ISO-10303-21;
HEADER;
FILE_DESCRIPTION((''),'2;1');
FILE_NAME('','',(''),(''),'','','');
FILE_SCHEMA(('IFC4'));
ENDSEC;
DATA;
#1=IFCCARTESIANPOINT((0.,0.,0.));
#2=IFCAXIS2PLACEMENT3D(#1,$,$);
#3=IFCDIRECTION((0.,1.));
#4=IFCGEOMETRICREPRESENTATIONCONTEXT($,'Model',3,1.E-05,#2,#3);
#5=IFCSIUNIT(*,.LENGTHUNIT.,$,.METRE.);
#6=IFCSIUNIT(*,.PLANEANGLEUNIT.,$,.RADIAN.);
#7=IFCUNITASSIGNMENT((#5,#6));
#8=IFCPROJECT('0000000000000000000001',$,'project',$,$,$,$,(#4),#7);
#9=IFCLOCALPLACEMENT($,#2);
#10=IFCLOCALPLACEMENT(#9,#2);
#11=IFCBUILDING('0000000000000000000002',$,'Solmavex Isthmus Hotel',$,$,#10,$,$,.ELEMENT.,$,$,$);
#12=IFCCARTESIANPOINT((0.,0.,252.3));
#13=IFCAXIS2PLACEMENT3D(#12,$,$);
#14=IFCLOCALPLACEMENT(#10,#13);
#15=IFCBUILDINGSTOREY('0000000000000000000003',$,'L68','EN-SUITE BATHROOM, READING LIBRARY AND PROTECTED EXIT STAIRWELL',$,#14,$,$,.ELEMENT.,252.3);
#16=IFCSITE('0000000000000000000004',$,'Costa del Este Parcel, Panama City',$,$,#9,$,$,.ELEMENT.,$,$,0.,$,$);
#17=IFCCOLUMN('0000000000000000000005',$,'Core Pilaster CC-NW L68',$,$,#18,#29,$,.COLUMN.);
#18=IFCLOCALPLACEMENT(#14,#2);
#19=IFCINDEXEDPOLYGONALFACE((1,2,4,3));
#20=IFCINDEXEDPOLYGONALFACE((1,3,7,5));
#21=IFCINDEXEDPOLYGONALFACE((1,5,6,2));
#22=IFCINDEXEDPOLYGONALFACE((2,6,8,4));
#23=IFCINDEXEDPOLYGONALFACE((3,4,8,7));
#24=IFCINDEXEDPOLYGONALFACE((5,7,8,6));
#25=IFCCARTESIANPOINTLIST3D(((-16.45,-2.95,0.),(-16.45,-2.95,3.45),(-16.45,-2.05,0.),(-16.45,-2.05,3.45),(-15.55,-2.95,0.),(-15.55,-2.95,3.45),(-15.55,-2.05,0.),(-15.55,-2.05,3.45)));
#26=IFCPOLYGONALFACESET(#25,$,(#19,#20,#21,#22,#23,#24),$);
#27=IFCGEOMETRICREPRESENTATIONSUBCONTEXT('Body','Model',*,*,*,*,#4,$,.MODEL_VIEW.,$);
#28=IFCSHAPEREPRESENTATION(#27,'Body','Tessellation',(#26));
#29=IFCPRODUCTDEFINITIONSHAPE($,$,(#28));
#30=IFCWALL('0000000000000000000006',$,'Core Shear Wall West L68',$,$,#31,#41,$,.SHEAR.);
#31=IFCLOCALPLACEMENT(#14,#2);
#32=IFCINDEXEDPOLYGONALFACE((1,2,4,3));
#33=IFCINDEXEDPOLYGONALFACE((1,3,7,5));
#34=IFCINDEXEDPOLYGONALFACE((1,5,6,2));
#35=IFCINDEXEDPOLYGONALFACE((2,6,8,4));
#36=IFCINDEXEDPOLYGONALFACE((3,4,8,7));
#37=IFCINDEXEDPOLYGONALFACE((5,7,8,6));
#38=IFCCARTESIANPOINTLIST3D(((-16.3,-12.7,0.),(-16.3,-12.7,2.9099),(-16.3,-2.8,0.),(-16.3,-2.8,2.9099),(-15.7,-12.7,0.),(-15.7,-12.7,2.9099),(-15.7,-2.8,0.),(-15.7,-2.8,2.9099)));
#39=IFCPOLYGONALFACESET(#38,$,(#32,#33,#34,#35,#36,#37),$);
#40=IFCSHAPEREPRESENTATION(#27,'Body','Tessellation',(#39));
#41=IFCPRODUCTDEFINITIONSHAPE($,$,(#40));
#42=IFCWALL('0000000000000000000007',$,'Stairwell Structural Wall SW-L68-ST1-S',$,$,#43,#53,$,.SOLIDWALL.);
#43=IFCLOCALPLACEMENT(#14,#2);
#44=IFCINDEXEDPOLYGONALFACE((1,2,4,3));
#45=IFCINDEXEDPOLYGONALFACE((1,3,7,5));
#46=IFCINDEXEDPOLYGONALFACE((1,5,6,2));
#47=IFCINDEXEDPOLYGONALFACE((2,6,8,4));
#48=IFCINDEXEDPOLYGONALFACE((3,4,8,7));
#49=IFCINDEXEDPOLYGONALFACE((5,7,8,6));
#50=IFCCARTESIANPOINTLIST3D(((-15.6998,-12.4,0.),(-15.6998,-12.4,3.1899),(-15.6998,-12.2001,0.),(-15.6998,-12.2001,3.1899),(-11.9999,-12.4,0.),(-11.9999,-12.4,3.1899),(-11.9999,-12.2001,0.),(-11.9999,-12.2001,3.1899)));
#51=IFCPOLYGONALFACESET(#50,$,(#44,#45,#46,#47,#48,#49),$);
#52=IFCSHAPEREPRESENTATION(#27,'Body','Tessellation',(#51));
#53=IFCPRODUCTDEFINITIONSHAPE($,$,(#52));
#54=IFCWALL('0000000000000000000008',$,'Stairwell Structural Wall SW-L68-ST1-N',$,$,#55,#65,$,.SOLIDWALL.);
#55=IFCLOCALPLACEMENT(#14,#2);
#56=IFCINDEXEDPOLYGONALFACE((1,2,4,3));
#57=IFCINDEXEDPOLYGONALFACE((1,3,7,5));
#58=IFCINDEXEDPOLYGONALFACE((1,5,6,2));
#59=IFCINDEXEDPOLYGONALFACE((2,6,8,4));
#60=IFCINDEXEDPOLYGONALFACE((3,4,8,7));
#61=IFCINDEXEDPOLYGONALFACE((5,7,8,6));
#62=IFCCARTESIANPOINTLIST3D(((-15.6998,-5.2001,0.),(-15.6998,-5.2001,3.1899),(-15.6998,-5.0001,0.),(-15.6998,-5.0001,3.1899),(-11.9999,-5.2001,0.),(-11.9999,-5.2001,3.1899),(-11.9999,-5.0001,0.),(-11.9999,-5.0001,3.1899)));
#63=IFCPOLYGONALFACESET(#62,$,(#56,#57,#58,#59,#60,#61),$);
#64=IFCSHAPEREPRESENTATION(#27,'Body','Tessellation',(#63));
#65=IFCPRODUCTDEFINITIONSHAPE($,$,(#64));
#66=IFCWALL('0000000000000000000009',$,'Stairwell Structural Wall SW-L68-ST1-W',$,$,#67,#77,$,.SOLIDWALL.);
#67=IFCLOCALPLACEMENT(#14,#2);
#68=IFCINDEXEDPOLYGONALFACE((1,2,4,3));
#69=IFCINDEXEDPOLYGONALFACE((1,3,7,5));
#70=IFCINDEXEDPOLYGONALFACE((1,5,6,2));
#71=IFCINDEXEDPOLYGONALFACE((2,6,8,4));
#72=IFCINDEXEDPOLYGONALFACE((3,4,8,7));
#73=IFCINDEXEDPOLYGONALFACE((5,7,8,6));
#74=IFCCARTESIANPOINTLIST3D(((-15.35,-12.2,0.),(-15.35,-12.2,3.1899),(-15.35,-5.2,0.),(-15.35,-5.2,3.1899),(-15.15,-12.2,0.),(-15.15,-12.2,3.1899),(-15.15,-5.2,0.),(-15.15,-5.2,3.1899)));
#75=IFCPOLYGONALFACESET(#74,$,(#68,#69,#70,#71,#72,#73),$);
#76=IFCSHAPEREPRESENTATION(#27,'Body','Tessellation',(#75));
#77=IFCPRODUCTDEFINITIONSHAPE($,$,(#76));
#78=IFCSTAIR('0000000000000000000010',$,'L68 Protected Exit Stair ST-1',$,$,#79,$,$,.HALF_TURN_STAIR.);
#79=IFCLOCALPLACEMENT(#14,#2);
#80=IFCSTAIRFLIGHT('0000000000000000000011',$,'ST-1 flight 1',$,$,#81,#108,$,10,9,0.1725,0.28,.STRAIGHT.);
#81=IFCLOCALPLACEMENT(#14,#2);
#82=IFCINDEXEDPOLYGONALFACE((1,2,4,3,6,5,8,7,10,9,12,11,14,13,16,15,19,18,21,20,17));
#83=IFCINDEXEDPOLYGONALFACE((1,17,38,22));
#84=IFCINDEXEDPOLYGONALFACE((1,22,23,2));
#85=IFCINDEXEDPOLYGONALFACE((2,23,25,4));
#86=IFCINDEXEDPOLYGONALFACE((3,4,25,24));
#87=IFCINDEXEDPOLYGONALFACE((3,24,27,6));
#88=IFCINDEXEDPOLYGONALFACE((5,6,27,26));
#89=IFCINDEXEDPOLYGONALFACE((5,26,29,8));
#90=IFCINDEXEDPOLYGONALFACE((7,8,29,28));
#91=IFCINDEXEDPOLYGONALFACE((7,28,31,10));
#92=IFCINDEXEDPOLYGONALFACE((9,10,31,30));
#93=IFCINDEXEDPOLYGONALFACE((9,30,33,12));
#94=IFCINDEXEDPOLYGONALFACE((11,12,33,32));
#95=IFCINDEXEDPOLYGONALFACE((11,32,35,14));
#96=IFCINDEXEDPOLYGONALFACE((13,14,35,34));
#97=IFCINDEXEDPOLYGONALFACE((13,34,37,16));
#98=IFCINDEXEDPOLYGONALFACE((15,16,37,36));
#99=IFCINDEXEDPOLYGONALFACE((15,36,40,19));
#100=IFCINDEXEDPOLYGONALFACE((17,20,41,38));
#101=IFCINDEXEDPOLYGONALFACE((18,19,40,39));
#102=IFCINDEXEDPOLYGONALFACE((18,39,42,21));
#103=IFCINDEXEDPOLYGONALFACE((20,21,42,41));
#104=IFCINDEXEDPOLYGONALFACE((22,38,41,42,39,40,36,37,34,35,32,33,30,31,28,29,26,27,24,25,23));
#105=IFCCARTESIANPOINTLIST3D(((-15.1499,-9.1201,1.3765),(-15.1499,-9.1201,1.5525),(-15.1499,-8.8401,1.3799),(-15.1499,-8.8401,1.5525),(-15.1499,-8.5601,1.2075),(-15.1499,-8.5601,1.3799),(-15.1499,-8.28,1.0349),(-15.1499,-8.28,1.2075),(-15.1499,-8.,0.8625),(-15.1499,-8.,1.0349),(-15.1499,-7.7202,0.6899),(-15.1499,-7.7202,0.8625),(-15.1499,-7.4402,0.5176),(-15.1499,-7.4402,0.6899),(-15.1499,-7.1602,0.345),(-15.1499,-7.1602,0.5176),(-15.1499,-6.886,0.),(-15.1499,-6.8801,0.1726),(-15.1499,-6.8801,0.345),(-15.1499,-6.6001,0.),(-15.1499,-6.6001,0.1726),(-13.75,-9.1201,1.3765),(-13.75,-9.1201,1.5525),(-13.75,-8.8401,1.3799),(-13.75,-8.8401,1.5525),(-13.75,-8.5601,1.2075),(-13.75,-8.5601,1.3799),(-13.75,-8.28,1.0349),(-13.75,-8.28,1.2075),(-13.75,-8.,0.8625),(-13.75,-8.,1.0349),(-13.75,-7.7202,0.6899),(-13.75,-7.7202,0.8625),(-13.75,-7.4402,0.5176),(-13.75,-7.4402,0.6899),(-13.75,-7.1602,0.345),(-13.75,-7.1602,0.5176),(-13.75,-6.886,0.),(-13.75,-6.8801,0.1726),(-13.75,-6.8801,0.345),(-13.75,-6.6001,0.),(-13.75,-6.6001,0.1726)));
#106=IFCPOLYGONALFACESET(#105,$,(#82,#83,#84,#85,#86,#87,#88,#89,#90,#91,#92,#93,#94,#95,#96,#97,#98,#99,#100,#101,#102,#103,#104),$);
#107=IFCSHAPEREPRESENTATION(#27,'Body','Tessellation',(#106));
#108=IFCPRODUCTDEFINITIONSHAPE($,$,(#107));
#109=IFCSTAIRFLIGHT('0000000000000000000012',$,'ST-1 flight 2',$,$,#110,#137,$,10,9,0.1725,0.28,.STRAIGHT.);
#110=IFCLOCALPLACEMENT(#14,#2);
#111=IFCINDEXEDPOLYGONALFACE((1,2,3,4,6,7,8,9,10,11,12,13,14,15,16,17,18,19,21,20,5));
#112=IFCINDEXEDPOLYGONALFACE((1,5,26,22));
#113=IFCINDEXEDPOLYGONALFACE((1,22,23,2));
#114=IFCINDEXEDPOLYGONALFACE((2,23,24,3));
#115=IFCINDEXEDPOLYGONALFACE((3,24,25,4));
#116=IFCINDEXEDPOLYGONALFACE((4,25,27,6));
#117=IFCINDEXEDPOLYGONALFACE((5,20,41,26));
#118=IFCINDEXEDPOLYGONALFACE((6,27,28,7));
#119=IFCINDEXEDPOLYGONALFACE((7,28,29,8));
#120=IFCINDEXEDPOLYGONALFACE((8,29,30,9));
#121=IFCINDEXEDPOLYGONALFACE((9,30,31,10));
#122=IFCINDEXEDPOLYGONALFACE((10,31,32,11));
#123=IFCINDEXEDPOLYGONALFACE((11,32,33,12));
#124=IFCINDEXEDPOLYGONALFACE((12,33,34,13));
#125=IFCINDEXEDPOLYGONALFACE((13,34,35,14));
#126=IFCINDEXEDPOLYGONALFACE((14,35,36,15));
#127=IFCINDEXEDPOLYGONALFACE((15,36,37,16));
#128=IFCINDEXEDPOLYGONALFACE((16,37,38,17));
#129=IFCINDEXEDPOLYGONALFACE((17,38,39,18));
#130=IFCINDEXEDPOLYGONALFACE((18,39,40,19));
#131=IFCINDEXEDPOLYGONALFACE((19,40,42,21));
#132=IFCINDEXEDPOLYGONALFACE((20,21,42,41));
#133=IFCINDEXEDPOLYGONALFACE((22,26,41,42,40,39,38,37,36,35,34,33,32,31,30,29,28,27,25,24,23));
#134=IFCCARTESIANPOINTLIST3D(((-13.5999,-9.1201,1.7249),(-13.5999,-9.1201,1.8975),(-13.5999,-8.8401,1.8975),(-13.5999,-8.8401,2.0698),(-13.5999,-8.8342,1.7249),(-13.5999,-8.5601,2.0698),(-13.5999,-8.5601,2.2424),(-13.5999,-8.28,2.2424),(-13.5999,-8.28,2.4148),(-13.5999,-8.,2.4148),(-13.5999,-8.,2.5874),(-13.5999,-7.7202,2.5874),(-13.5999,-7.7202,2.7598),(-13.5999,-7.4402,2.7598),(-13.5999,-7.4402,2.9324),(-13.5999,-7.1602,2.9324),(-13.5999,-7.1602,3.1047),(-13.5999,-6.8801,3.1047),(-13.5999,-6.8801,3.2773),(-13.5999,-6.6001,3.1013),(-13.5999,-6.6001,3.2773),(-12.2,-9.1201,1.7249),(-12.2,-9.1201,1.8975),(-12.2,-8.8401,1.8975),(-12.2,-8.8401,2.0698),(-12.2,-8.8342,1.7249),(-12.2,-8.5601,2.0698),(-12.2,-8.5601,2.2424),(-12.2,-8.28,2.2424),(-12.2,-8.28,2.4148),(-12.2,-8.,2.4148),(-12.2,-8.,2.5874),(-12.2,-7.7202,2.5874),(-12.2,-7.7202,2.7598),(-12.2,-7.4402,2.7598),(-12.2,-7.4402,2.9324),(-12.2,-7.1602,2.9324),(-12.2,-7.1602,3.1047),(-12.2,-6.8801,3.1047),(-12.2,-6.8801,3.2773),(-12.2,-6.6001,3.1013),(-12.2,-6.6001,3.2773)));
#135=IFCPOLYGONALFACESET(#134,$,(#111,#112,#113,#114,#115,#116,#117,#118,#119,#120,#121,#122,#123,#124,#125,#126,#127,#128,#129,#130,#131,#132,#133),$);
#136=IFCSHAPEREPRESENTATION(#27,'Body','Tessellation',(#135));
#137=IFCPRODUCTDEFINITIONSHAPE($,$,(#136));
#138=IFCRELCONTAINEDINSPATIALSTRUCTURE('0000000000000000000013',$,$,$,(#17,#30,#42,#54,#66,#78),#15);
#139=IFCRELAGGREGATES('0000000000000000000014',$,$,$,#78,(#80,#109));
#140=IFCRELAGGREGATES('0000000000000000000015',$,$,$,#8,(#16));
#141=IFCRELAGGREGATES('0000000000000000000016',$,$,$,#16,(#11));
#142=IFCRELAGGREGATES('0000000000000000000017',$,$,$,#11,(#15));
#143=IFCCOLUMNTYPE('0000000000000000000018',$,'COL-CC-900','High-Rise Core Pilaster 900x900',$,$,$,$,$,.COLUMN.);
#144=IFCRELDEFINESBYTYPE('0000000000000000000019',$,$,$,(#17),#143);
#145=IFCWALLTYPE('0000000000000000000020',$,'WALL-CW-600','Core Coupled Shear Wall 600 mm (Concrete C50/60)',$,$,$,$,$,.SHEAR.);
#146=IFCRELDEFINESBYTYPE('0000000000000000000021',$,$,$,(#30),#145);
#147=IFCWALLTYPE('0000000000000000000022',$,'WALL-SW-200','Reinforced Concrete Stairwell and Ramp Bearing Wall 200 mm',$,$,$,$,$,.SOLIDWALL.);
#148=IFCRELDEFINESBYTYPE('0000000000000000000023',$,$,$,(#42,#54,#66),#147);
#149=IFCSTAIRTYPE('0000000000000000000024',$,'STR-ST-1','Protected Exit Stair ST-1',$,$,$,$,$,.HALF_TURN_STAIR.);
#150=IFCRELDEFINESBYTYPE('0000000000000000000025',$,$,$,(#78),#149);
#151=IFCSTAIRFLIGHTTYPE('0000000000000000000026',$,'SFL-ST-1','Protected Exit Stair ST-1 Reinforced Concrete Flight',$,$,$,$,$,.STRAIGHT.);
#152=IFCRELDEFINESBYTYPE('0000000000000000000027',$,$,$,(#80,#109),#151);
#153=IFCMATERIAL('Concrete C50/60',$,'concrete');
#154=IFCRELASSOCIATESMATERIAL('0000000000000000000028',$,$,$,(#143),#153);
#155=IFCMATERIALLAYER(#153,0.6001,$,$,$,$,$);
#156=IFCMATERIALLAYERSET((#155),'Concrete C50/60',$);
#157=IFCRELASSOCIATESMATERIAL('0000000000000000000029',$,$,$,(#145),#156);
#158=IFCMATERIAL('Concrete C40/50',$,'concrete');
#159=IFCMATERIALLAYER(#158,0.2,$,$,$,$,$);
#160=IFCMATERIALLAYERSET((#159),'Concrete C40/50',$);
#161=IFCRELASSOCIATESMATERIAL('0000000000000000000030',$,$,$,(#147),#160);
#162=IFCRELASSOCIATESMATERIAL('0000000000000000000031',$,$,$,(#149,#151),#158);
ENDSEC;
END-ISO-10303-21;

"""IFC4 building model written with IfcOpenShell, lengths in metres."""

from ifc_helpers import new_model, si_unit, direction, frame, frame_2d, origin, origin_2d, place, context, subcontext, project, spatial, polyline, rectangle, outline, extrude, material, layer, layer_set, material_profile, profile_set, type_object, element, aggregate, save


model = new_model("IFC4")

# Units and contexts
model_context = context("Model", 3, precision=1e-05, world=origin(), true_north=direction((0.0, 1.0)))
body_context = subcontext(model_context, "Body", "Model", "MODEL_VIEW")
ifc_project = project(units=[si_unit("LENGTHUNIT", "METRE"), si_unit("PLANEANGLEUNIT", "RADIAN")], contexts=[model_context])

# Site, building, storey
site_placement = place(None, origin())
site = spatial("IfcSite", under=ifc_project, at=site_placement, Name="Costa del Este Parcel, Panama City", CompositionType="ELEMENT", RefElevation=0.0)
building_placement = place(site_placement, origin())
building = spatial("IfcBuilding", under=site, at=building_placement, Name="Solmavex Isthmus Hotel", CompositionType="ELEMENT")
storey_placement = place(building_placement, frame((0.0, 0.0, 252.3)))
storey = spatial("IfcBuildingStorey", under=building, at=storey_placement, Name="L68", Description="EN-SUITE BATHROOM, READING LIBRARY AND PROTECTED EXIT STAIRWELL", CompositionType="ELEMENT", Elevation=252.3)

# Column
ifc_material_1 = material(Name="Concrete C50/60", Category="concrete")
ifc_material_profile = material_profile(ifc_material_1, rectangle(XDim=0.8999, YDim=0.8999, at=origin_2d()), Name="RC900X900")
ifc_profile_set = profile_set([ifc_material_profile], Name="Concrete C50/60")
column_type = type_object("IfcColumnType", Name="COL-CC-900", Description="High-Rise Core Pilaster 900x900", PredefinedType="COLUMN", material=ifc_profile_set)
column_placement = place(storey_placement, frame((-16.0, -2.5, 0.0), z_axis=(0.0, 0.0, 1.0), x_axis=(1.0, 0.0, 0.0)))
element("IfcColumn", 1, at=column_placement, inside=storey, type_object=column_type, Name="Core Pilaster CC-NW L68", PredefinedType="COLUMN", context=body_context, shape_type="SweptSolid", body=[
    extrude(rectangle(XDim=0.8999, YDim=0.8999, at=origin_2d()), origin(), (0.0, 0.0, 1.0), 3.45),
])

# Walls
ifc_layer_1 = layer(ifc_material_1, 0.6001)
ifc_layer_set_1 = layer_set([ifc_layer_1], Name="Concrete C50/60")
wall_type_1 = type_object("IfcWallType", Name="WALL-CW-600", Description="Core Coupled Shear Wall 600 mm (Concrete C50/60)", PredefinedType="SHEAR", material=ifc_layer_set_1)
wall_1_placement = place(storey_placement, frame((-16.0, -12.7, 0.0), z_axis=(0.0, 0.0, 1.0), x_axis=(0.0, 1.0, 0.0)))
element("IfcWall", 2, at=wall_1_placement, inside=storey, type_object=wall_type_1, Name="Core Shear Wall West L68", PredefinedType="SHEAR", context=body_context, shape_type="SweptSolid", body=[
    extrude(rectangle(XDim=9.8999, YDim=0.6001, at=frame_2d((4.95, 0.0))), origin(), (0.0, 0.0, 1.0), 2.9099),
])
ifc_material_2 = material(Name="Concrete C40/50", Category="concrete")
ifc_layer_2 = layer(ifc_material_2, 0.2)
ifc_layer_set_2 = layer_set([ifc_layer_2], Name="Concrete C40/50")
wall_type_2 = type_object("IfcWallType", Name="WALL-SW-200", Description="Reinforced Concrete Stairwell and Ramp Bearing Wall 200 mm", PredefinedType="SOLIDWALL", material=ifc_layer_set_2)
for number, where, z_axis, x_axis, name in (
    (3, (-15.7, -12.3, 0.0), (0.0, 0.0, 1.0), (1.0, 0.0, 0.0), "Stairwell Structural Wall SW-L68-ST1-S"),
    (4, (-15.7, -5.1001, 0.0), (0.0, 0.0, 1.0), (1.0, 0.0, 0.0), "Stairwell Structural Wall SW-L68-ST1-N"),
):
    element("IfcWall", number, at=place(storey_placement, frame(where, z_axis=z_axis, x_axis=x_axis)), inside=storey, type_object=wall_type_2, Name=name, PredefinedType="SOLIDWALL", context=body_context, shape_type="SweptSolid", body=[
        extrude(rectangle(XDim=3.7, YDim=0.2, at=frame_2d((1.8501, 0.0))), origin(), (0.0, 0.0, 1.0), 3.1899),
    ])
wall_2_placement = place(storey_placement, frame((-15.25, -12.2, 0.0), z_axis=(0.0, 0.0, 1.0), x_axis=(0.0, 1.0, 0.0)))
element("IfcWall", 5, at=wall_2_placement, inside=storey, type_object=wall_type_2, Name="Stairwell Structural Wall SW-L68-ST1-W", PredefinedType="SOLIDWALL", context=body_context, shape_type="SweptSolid", body=[
    extrude(rectangle(XDim=7.0, YDim=0.2, at=frame_2d((3.5, 0.0))), origin(), (0.0, 0.0, 1.0), 3.1899),
])

# Stair, stair flights
stair_type = type_object("IfcStairType", Name="STR-ST-1", Description="Protected Exit Stair ST-1", PredefinedType="HALF_TURN_STAIR", material=ifc_material_2)
stair_placement = place(storey_placement, origin())
stair = element("IfcStair", 6, at=stair_placement, inside=storey, type_object=stair_type, Name="L68 Protected Exit Stair ST-1", PredefinedType="HALF_TURN_STAIR")
stair_flight_type = type_object("IfcStairFlightType", Name="SFL-ST-1", Description="Protected Exit Stair ST-1 Reinforced Concrete Flight", PredefinedType="STRAIGHT", material=ifc_material_2)
stair_flight_1_placement = place(storey_placement, frame((-14.45, -6.6001, 0.0), z_axis=(0.0, 0.0, 1.0), x_axis=(0.0, -1.0, 0.0)))
stair_flight_1 = element("IfcStairFlight", 7, at=stair_flight_1_placement, type_object=stair_flight_type, Name="ST-1 flight 1", NumberOfRisers=10, NumberOfTreads=9, PredefinedType="STRAIGHT", RiserHeight=0.1725, TreadLength=0.28, context=body_context, shape_type="SweptSolid", body=[
    extrude(outline(polyline([(0.0, 0.0), (0.0, 0.1726), (0.28, 0.1726), (0.28, 0.345), (0.5601, 0.345), (0.5601, 0.5176), (0.8401, 0.5176), (0.8401, 0.6899), (1.1201, 0.6899), (1.1201, 0.8625), (1.3999, 0.8625), (1.3999, 1.0349), (1.6799, 1.0349), (1.6799, 1.2075), (1.96, 1.2075), (1.96, 1.3799), (2.24, 1.3799), (2.24, 1.5525), (2.52, 1.5525), (2.52, 1.7251), (2.52, 1.3765), (0.2859, 0.0), (0.0, 0.0)])), frame((0.0, 0.7, 0.0), z_axis=(0.0, -1.0, 0.0), x_axis=(1.0, 0.0, 0.0)), (0.0, 0.0, 1.0), 1.3999),
])
stair_flight_2_placement = place(storey_placement, frame((-12.8999, -9.1201, 1.7249), z_axis=(0.0, 0.0, 1.0), x_axis=(0.0, 1.0, 0.0)))
stair_flight_2 = element("IfcStairFlight", 8, at=stair_flight_2_placement, type_object=stair_flight_type, Name="ST-1 flight 2", NumberOfRisers=10, NumberOfTreads=9, PredefinedType="STRAIGHT", RiserHeight=0.1725, TreadLength=0.28, context=body_context, shape_type="SweptSolid", body=[
    extrude(outline(polyline([(0.0, 0.0), (0.0, 0.1726), (0.28, 0.1726), (0.28, 0.345), (0.5601, 0.345), (0.5601, 0.5176), (0.8401, 0.5176), (0.8401, 0.6899), (1.1201, 0.6899), (1.1201, 0.8625), (1.3999, 0.8625), (1.3999, 1.0349), (1.6799, 1.0349), (1.6799, 1.2075), (1.96, 1.2075), (1.96, 1.3799), (2.24, 1.3799), (2.24, 1.5525), (2.52, 1.5525), (2.52, 1.7251), (2.52, 1.3765), (0.2859, 0.0), (0.0, 0.0)])), frame((0.0, 0.7, 0.0), z_axis=(0.0, -1.0, 0.0), x_axis=(1.0, 0.0, 0.0)), (0.0, 0.0, 1.0), 1.3999),
])
aggregate(stair, [stair_flight_1, stair_flight_2])

save(model, "model.ifc")
